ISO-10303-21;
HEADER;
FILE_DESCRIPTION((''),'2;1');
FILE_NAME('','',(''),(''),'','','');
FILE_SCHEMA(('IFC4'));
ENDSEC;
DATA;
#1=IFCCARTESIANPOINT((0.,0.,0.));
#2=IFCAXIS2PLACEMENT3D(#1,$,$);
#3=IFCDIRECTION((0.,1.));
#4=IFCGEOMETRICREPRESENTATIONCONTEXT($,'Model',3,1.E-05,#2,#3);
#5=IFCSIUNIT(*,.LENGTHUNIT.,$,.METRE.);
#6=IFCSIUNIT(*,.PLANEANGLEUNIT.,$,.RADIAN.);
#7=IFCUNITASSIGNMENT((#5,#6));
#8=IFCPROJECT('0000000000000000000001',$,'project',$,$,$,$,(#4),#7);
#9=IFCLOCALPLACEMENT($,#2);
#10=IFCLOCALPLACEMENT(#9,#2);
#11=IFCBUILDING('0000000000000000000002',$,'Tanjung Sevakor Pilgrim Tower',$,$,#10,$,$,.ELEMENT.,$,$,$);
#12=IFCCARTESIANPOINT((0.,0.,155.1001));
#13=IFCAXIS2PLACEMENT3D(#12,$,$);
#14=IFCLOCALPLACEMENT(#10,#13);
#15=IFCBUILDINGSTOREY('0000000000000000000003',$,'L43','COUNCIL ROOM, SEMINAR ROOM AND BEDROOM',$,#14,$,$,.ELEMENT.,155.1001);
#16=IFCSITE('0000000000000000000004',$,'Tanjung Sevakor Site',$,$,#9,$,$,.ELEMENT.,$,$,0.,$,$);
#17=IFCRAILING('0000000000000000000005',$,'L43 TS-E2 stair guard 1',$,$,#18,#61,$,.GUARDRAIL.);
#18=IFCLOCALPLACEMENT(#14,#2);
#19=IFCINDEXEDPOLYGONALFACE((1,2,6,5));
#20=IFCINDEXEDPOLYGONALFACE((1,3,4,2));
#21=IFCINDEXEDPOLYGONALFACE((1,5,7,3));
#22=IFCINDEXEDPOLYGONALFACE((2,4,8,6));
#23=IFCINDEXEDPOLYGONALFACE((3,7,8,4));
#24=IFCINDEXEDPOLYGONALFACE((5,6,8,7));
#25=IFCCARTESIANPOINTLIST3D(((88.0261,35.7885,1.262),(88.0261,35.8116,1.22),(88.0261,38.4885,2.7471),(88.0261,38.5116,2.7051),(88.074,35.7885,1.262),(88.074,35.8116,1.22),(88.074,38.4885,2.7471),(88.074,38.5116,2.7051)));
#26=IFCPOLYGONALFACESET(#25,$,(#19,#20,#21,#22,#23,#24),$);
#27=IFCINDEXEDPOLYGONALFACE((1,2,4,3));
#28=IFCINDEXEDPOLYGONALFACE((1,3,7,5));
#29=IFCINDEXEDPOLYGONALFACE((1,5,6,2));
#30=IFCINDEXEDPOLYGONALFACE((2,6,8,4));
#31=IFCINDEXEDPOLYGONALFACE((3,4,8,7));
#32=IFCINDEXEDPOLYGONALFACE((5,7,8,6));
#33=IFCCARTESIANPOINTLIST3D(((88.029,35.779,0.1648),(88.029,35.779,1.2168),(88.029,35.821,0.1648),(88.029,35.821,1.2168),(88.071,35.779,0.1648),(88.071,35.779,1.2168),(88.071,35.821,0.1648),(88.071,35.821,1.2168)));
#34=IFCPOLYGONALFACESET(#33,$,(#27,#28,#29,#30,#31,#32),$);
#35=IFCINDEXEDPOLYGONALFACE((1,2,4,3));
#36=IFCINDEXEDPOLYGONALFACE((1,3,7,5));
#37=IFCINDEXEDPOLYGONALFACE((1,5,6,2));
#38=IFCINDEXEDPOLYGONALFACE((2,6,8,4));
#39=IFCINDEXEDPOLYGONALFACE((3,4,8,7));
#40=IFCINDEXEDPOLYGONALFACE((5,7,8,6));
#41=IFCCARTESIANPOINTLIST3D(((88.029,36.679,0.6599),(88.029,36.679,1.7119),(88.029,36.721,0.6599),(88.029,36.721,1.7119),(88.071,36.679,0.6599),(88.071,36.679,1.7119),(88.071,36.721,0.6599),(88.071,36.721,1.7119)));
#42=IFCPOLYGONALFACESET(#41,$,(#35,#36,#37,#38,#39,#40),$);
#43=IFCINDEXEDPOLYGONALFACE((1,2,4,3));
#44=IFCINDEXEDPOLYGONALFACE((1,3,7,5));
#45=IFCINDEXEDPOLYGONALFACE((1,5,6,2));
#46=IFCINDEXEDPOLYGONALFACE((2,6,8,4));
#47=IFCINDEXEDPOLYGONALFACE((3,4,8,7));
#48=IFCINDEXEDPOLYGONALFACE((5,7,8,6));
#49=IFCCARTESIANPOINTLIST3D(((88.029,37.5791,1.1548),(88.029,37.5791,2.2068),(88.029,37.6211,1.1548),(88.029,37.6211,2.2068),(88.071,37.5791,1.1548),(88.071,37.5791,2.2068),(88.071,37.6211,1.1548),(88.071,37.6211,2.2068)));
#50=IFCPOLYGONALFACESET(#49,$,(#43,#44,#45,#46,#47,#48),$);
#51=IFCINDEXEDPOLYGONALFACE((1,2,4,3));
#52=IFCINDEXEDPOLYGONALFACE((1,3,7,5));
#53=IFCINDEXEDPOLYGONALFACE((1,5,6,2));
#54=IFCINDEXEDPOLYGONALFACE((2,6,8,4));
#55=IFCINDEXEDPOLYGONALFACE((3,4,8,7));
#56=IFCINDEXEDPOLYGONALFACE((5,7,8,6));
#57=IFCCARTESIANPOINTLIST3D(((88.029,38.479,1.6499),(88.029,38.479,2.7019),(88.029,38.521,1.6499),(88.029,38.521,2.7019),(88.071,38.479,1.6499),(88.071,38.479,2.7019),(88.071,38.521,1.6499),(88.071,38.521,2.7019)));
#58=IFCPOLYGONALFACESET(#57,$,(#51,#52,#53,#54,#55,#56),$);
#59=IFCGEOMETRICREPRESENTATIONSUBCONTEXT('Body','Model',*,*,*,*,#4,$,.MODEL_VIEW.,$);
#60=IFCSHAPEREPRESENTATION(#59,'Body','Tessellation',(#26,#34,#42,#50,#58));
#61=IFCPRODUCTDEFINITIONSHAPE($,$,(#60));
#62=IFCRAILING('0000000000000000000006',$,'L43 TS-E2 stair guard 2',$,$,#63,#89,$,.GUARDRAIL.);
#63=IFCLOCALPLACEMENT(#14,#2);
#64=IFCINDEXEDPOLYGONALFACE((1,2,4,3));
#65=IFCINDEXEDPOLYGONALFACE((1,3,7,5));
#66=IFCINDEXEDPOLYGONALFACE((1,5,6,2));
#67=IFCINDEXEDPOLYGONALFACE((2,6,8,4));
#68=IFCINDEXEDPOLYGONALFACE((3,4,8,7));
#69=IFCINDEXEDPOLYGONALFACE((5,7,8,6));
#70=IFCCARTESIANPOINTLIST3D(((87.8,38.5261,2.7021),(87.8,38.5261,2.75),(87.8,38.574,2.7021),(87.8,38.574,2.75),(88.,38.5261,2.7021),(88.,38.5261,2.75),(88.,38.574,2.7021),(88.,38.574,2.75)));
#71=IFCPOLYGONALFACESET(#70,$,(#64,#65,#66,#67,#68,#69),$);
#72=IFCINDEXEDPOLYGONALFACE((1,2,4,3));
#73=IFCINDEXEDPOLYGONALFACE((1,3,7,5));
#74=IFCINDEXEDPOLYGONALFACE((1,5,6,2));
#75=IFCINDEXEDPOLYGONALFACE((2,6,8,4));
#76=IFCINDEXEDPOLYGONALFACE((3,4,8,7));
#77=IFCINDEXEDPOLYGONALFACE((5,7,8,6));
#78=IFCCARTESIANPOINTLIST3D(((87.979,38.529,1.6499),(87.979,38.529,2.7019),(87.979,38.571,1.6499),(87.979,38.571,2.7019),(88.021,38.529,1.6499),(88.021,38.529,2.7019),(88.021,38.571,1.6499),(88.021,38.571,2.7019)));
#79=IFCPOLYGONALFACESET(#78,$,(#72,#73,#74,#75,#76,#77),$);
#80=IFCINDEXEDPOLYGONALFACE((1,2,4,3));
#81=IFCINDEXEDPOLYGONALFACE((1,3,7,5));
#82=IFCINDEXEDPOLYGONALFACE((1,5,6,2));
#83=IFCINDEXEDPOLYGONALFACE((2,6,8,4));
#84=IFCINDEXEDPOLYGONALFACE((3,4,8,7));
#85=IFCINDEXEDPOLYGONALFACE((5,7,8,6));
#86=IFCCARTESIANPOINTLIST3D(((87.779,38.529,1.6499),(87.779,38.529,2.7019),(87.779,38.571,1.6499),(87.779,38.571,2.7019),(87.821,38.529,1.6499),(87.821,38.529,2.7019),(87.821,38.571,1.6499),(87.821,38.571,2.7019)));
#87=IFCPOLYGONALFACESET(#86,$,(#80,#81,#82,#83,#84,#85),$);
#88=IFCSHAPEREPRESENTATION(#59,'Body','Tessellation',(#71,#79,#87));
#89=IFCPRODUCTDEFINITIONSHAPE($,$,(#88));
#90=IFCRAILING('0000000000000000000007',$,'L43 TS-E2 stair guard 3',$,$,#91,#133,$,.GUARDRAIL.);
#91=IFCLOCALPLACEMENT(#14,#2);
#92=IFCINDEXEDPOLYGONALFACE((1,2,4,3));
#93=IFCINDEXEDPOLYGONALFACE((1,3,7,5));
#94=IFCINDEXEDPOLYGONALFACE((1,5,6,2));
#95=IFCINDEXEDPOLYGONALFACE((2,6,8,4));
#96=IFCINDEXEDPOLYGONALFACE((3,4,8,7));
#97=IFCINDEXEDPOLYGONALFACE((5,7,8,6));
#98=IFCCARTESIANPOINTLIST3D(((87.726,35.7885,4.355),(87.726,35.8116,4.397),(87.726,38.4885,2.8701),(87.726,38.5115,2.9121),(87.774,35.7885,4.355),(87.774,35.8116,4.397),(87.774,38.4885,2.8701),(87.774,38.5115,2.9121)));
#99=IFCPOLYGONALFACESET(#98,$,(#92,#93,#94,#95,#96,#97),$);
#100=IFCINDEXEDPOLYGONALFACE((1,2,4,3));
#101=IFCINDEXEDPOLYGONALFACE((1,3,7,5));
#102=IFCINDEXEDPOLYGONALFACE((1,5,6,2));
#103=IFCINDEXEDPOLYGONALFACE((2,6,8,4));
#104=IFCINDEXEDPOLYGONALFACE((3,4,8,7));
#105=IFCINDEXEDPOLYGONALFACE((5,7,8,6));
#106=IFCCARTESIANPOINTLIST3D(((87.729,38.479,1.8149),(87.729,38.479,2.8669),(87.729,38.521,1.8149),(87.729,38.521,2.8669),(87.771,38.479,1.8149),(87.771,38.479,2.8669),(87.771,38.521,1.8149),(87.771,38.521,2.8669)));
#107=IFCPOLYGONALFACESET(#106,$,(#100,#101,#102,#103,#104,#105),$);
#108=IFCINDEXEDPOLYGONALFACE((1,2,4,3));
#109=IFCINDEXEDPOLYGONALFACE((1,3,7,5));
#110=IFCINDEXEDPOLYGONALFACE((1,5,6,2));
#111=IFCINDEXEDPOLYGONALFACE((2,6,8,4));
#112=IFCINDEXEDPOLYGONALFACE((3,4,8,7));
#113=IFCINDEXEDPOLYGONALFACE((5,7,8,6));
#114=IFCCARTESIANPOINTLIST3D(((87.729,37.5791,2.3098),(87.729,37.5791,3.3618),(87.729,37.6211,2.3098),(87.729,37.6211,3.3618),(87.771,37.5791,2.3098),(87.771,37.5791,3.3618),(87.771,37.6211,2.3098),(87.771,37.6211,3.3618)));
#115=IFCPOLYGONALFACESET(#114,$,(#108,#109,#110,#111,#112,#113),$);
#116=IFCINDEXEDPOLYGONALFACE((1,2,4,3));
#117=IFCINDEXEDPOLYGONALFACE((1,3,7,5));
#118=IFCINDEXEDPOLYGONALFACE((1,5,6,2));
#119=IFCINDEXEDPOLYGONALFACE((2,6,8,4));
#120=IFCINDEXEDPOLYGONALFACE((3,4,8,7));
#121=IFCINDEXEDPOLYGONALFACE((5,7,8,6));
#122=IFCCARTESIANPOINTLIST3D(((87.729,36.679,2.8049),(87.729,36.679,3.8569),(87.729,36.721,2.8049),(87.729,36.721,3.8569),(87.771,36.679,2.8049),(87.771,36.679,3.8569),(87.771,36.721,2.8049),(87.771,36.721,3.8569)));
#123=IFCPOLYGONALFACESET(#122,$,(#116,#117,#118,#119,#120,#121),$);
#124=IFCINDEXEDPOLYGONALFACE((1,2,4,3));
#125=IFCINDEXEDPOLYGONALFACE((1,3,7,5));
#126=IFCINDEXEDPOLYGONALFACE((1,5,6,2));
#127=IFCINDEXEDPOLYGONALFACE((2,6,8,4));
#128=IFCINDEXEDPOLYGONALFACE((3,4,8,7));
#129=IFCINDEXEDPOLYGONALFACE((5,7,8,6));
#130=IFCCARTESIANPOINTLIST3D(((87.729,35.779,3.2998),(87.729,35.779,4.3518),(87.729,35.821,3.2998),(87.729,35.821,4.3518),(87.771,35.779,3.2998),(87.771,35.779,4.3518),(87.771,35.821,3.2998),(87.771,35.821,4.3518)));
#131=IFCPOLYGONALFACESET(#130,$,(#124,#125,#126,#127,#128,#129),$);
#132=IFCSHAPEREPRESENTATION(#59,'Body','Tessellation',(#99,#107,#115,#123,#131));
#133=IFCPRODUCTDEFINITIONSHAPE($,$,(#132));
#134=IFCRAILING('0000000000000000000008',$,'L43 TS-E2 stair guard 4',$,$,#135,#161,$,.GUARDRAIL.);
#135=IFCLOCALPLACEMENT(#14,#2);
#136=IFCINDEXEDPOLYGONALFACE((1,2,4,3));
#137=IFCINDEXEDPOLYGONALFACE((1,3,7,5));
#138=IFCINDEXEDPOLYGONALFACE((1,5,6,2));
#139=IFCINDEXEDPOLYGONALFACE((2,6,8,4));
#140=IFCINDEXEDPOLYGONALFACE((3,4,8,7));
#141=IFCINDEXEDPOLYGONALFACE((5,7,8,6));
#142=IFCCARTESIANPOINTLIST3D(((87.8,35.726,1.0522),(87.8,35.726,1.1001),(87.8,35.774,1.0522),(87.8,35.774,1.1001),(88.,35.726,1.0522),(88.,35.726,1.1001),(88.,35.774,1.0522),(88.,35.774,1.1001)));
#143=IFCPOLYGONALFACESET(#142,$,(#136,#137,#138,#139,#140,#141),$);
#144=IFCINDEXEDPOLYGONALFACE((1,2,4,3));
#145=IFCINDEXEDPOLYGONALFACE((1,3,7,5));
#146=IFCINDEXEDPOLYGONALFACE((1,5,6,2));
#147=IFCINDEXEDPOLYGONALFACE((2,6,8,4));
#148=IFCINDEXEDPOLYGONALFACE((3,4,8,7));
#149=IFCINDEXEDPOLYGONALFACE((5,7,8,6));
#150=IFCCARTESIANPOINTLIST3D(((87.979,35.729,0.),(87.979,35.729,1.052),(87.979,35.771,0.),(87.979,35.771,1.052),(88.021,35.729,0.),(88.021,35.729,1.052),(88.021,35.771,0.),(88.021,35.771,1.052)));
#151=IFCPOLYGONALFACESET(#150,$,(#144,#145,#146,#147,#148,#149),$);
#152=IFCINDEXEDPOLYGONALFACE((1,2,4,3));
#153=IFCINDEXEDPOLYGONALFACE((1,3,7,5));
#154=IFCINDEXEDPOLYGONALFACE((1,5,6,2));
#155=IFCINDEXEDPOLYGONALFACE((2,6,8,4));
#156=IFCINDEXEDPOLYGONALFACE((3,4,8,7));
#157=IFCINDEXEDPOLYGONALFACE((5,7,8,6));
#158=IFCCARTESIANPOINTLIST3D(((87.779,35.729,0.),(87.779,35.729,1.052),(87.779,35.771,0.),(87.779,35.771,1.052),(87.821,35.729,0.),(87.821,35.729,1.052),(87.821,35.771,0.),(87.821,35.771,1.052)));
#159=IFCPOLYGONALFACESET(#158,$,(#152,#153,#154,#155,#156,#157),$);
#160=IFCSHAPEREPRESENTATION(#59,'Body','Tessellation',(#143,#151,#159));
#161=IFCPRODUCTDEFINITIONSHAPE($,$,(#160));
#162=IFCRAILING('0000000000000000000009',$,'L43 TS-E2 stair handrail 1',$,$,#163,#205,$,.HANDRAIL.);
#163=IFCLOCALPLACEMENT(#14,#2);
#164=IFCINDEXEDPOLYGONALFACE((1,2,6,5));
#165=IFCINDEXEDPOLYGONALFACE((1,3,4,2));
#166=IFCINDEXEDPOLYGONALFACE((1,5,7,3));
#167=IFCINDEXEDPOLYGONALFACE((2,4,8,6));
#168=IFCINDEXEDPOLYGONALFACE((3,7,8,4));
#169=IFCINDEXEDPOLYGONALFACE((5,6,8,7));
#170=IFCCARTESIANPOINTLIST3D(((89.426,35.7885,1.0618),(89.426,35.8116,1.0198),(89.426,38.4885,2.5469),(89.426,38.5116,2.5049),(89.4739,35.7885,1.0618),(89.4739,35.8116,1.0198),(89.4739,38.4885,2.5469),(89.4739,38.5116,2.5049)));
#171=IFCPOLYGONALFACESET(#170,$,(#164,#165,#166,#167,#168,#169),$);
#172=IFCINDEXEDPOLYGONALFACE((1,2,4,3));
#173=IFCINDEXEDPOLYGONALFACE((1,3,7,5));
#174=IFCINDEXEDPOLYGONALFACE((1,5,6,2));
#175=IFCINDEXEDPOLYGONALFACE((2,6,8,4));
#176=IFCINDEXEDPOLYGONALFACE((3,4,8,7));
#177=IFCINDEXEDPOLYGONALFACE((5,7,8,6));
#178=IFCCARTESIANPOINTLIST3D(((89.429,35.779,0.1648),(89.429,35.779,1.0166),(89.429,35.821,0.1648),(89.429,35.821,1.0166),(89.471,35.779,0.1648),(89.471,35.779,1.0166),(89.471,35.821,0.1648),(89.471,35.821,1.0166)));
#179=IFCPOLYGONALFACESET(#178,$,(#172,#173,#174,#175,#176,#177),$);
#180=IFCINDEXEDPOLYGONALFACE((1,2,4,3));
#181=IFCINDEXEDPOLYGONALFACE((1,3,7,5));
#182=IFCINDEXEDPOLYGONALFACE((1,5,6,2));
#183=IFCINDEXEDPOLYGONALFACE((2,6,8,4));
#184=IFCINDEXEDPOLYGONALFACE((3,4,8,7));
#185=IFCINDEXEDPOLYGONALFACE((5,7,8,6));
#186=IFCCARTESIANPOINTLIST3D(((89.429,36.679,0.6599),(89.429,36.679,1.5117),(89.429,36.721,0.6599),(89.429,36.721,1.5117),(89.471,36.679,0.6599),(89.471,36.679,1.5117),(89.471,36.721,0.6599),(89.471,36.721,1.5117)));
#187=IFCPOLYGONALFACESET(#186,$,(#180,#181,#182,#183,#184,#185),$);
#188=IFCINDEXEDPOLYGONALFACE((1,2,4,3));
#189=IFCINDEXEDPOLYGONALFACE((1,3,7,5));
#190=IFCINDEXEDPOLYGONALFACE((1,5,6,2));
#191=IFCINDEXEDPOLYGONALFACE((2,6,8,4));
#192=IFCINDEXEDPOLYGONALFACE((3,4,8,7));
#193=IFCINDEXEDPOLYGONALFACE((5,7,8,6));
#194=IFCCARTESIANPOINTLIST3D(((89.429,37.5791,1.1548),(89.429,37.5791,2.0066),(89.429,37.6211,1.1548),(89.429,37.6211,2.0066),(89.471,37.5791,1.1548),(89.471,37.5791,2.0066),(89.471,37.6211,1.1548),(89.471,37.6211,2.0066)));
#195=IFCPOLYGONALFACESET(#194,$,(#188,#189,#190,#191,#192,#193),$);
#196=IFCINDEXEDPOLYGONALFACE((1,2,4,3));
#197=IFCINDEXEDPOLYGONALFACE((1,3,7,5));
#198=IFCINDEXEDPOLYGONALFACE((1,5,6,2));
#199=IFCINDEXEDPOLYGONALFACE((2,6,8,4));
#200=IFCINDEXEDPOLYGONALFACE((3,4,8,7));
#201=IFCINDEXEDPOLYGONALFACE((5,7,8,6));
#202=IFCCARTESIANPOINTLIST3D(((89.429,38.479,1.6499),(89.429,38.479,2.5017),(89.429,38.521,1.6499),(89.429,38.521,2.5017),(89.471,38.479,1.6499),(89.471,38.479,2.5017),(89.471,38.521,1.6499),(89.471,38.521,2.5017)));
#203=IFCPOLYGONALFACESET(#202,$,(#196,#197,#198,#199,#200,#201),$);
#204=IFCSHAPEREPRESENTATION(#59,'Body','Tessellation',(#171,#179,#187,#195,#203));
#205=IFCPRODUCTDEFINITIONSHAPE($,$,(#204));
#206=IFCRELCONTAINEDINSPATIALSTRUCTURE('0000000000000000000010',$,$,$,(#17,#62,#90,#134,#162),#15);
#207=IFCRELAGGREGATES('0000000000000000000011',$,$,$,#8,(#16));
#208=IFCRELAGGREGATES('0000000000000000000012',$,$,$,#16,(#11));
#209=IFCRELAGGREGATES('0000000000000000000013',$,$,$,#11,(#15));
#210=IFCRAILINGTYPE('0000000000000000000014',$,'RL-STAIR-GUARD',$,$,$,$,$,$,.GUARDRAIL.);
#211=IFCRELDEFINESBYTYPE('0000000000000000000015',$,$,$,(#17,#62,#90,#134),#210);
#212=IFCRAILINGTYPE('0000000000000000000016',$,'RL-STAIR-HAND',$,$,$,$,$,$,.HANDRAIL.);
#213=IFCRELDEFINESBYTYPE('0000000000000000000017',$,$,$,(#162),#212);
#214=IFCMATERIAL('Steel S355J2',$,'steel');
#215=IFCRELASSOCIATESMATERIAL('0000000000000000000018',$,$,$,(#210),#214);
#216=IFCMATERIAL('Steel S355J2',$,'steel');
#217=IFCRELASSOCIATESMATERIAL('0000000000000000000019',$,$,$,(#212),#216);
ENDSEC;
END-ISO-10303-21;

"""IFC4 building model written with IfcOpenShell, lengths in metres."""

from ifc_helpers import new_model, si_unit, direction, frame, origin, place, context, subcontext, project, spatial, rectangle, extrude, material, type_object, element, save


model = new_model("IFC4")

# Units and contexts
model_context = context("Model", 3, precision=1e-05, world=origin(), true_north=direction((0.0, 1.0)))
body_context = subcontext(model_context, "Body", "Model", "MODEL_VIEW")
ifc_project = project(units=[si_unit("LENGTHUNIT", "METRE"), si_unit("PLANEANGLEUNIT", "RADIAN")], contexts=[model_context])

# Site, building, storey
site_placement = place(None, origin())
site = spatial("IfcSite", under=ifc_project, at=site_placement, Name="Tanjung Sevakor Site", CompositionType="ELEMENT", RefElevation=0.0)
building_placement = place(site_placement, origin())
building = spatial("IfcBuilding", under=site, at=building_placement, Name="Tanjung Sevakor Pilgrim Tower", CompositionType="ELEMENT")
storey_placement = place(building_placement, frame((0.0, 0.0, 155.1001)))
storey = spatial("IfcBuildingStorey", under=building, at=storey_placement, Name="L43", Description="COUNCIL ROOM, SEMINAR ROOM AND BEDROOM", CompositionType="ELEMENT", Elevation=155.1001)

# Railings
ifc_material_1 = material(Name="Steel S355J2", Category="steel")
railing_type_1 = type_object("IfcRailingType", Name="RL-STAIR-GUARD", PredefinedType="GUARDRAIL", material=ifc_material_1)
railing_1_placement = place(storey_placement, frame((88.05, 35.8, 0.1648)))
element("IfcRailing", 1, at=railing_1_placement, inside=storey, type_object=railing_type_1, Name="L43 TS-E2 stair guard 1", PredefinedType="GUARDRAIL", context=body_context, shape_type="SweptSolid", body=[
    extrude(rectangle(XDim=0.0479, YDim=0.0479), frame((0.0, 0.0, 1.0762), z_axis=(0.0, 0.876198, 0.481952), x_axis=(-1.0, 0.0, 0.0)), (0.0, 0.0, 1.0), 3.0815),
    extrude(rectangle(XDim=0.042, YDim=0.042), origin(), (0.0, 0.0, 1.0), 1.052),
    extrude(rectangle(XDim=0.042, YDim=0.042), frame((0.0, 0.8999, 0.4951)), (0.0, 0.0, 1.0), 1.052),
    extrude(rectangle(XDim=0.042, YDim=0.042), frame((0.0, 1.8, 0.99)), (0.0, 0.0, 1.0), 1.052),
    extrude(rectangle(XDim=0.042, YDim=0.042), frame((0.0, 2.7, 1.4851)), (0.0, 0.0, 1.0), 1.052),
])
railing_2_placement = place(storey_placement, frame((88.0, 38.55, 1.6499)))
element("IfcRailing", 2, at=railing_2_placement, inside=storey, type_object=railing_type_1, Name="L43 TS-E2 stair guard 2", PredefinedType="GUARDRAIL", context=body_context, shape_type="SweptSolid", body=[
    extrude(rectangle(XDim=0.0479, YDim=0.0479), frame((0.0, 0.0, 1.0762), z_axis=(-1.0, 0.0, 0.0), x_axis=(0.0, -1.0, 0.0)), (0.0, 0.0, 1.0), 0.2),
    extrude(rectangle(XDim=0.042, YDim=0.042), origin(), (0.0, 0.0, 1.0), 1.052),
    extrude(rectangle(XDim=0.042, YDim=0.042), frame((-0.2, 0.0, 0.0)), (0.0, 0.0, 1.0), 1.052),
])
railing_3_placement = place(storey_placement, frame((87.75, 38.5, 1.8149)))
element("IfcRailing", 3, at=railing_3_placement, inside=storey, type_object=railing_type_1, Name="L43 TS-E2 stair guard 3", PredefinedType="GUARDRAIL", context=body_context, shape_type="SweptSolid", body=[
    extrude(rectangle(XDim=0.0479, YDim=0.0479), frame((0.0, 0.0, 1.0762), z_axis=(0.0, -0.876231, 0.481891), x_axis=(1.0, 0.0, 0.0)), (0.0, 0.0, 1.0), 3.0813),
    extrude(rectangle(XDim=0.042, YDim=0.042), origin(), (0.0, 0.0, 1.0), 1.052),
    extrude(rectangle(XDim=0.042, YDim=0.042), frame((0.0, -0.8999, 0.4949)), (0.0, 0.0, 1.0), 1.052),
    extrude(rectangle(XDim=0.042, YDim=0.042), frame((0.0, -1.8, 0.99)), (0.0, 0.0, 1.0), 1.052),
    extrude(rectangle(XDim=0.042, YDim=0.042), frame((0.0, -2.7, 1.4849)), (0.0, 0.0, 1.0), 1.052),
])
railing_4_placement = place(storey_placement, frame((88.0, 35.75, 0.0)))
element("IfcRailing", 4, at=railing_4_placement, inside=storey, type_object=railing_type_1, Name="L43 TS-E2 stair guard 4", PredefinedType="GUARDRAIL", context=body_context, shape_type="SweptSolid", body=[
    extrude(rectangle(XDim=0.0479, YDim=0.0479), frame((0.0, 0.0, 1.0762), z_axis=(-1.0, 0.0, 0.0), x_axis=(0.0, -1.0, 0.0)), (0.0, 0.0, 1.0), 0.2),
    extrude(rectangle(XDim=0.042, YDim=0.042), origin(), (0.0, 0.0, 1.0), 1.052),
    extrude(rectangle(XDim=0.042, YDim=0.042), frame((-0.2, 0.0, 0.0)), (0.0, 0.0, 1.0), 1.052),
])
ifc_material_2 = material(Name="Steel S355J2", Category="steel")
railing_type_2 = type_object("IfcRailingType", Name="RL-STAIR-HAND", PredefinedType="HANDRAIL", material=ifc_material_2)
railing_5_placement = place(storey_placement, frame((89.45, 35.8, 0.1648)))
element("IfcRailing", 5, at=railing_5_placement, inside=storey, type_object=railing_type_2, Name="L43 TS-E2 stair handrail 1", PredefinedType="HANDRAIL", context=body_context, shape_type="SweptSolid", body=[
    extrude(rectangle(XDim=0.0479, YDim=0.0479), frame((0.0, 0.0, 0.876), z_axis=(0.0, 0.876198, 0.481952), x_axis=(-1.0, 0.0, 0.0)), (0.0, 0.0, 1.0), 3.0815),
    extrude(rectangle(XDim=0.042, YDim=0.042), origin(), (0.0, 0.0, 1.0), 0.8518),
    extrude(rectangle(XDim=0.042, YDim=0.042), frame((0.0, 0.8999, 0.4951)), (0.0, 0.0, 1.0), 0.8518),
    extrude(rectangle(XDim=0.042, YDim=0.042), frame((0.0, 1.8, 0.99)), (0.0, 0.0, 1.0), 0.8518),
    extrude(rectangle(XDim=0.042, YDim=0.042), frame((0.0, 2.7, 1.4851)), (0.0, 0.0, 1.0), 0.8518),
])

save(model, "model.ifc")
